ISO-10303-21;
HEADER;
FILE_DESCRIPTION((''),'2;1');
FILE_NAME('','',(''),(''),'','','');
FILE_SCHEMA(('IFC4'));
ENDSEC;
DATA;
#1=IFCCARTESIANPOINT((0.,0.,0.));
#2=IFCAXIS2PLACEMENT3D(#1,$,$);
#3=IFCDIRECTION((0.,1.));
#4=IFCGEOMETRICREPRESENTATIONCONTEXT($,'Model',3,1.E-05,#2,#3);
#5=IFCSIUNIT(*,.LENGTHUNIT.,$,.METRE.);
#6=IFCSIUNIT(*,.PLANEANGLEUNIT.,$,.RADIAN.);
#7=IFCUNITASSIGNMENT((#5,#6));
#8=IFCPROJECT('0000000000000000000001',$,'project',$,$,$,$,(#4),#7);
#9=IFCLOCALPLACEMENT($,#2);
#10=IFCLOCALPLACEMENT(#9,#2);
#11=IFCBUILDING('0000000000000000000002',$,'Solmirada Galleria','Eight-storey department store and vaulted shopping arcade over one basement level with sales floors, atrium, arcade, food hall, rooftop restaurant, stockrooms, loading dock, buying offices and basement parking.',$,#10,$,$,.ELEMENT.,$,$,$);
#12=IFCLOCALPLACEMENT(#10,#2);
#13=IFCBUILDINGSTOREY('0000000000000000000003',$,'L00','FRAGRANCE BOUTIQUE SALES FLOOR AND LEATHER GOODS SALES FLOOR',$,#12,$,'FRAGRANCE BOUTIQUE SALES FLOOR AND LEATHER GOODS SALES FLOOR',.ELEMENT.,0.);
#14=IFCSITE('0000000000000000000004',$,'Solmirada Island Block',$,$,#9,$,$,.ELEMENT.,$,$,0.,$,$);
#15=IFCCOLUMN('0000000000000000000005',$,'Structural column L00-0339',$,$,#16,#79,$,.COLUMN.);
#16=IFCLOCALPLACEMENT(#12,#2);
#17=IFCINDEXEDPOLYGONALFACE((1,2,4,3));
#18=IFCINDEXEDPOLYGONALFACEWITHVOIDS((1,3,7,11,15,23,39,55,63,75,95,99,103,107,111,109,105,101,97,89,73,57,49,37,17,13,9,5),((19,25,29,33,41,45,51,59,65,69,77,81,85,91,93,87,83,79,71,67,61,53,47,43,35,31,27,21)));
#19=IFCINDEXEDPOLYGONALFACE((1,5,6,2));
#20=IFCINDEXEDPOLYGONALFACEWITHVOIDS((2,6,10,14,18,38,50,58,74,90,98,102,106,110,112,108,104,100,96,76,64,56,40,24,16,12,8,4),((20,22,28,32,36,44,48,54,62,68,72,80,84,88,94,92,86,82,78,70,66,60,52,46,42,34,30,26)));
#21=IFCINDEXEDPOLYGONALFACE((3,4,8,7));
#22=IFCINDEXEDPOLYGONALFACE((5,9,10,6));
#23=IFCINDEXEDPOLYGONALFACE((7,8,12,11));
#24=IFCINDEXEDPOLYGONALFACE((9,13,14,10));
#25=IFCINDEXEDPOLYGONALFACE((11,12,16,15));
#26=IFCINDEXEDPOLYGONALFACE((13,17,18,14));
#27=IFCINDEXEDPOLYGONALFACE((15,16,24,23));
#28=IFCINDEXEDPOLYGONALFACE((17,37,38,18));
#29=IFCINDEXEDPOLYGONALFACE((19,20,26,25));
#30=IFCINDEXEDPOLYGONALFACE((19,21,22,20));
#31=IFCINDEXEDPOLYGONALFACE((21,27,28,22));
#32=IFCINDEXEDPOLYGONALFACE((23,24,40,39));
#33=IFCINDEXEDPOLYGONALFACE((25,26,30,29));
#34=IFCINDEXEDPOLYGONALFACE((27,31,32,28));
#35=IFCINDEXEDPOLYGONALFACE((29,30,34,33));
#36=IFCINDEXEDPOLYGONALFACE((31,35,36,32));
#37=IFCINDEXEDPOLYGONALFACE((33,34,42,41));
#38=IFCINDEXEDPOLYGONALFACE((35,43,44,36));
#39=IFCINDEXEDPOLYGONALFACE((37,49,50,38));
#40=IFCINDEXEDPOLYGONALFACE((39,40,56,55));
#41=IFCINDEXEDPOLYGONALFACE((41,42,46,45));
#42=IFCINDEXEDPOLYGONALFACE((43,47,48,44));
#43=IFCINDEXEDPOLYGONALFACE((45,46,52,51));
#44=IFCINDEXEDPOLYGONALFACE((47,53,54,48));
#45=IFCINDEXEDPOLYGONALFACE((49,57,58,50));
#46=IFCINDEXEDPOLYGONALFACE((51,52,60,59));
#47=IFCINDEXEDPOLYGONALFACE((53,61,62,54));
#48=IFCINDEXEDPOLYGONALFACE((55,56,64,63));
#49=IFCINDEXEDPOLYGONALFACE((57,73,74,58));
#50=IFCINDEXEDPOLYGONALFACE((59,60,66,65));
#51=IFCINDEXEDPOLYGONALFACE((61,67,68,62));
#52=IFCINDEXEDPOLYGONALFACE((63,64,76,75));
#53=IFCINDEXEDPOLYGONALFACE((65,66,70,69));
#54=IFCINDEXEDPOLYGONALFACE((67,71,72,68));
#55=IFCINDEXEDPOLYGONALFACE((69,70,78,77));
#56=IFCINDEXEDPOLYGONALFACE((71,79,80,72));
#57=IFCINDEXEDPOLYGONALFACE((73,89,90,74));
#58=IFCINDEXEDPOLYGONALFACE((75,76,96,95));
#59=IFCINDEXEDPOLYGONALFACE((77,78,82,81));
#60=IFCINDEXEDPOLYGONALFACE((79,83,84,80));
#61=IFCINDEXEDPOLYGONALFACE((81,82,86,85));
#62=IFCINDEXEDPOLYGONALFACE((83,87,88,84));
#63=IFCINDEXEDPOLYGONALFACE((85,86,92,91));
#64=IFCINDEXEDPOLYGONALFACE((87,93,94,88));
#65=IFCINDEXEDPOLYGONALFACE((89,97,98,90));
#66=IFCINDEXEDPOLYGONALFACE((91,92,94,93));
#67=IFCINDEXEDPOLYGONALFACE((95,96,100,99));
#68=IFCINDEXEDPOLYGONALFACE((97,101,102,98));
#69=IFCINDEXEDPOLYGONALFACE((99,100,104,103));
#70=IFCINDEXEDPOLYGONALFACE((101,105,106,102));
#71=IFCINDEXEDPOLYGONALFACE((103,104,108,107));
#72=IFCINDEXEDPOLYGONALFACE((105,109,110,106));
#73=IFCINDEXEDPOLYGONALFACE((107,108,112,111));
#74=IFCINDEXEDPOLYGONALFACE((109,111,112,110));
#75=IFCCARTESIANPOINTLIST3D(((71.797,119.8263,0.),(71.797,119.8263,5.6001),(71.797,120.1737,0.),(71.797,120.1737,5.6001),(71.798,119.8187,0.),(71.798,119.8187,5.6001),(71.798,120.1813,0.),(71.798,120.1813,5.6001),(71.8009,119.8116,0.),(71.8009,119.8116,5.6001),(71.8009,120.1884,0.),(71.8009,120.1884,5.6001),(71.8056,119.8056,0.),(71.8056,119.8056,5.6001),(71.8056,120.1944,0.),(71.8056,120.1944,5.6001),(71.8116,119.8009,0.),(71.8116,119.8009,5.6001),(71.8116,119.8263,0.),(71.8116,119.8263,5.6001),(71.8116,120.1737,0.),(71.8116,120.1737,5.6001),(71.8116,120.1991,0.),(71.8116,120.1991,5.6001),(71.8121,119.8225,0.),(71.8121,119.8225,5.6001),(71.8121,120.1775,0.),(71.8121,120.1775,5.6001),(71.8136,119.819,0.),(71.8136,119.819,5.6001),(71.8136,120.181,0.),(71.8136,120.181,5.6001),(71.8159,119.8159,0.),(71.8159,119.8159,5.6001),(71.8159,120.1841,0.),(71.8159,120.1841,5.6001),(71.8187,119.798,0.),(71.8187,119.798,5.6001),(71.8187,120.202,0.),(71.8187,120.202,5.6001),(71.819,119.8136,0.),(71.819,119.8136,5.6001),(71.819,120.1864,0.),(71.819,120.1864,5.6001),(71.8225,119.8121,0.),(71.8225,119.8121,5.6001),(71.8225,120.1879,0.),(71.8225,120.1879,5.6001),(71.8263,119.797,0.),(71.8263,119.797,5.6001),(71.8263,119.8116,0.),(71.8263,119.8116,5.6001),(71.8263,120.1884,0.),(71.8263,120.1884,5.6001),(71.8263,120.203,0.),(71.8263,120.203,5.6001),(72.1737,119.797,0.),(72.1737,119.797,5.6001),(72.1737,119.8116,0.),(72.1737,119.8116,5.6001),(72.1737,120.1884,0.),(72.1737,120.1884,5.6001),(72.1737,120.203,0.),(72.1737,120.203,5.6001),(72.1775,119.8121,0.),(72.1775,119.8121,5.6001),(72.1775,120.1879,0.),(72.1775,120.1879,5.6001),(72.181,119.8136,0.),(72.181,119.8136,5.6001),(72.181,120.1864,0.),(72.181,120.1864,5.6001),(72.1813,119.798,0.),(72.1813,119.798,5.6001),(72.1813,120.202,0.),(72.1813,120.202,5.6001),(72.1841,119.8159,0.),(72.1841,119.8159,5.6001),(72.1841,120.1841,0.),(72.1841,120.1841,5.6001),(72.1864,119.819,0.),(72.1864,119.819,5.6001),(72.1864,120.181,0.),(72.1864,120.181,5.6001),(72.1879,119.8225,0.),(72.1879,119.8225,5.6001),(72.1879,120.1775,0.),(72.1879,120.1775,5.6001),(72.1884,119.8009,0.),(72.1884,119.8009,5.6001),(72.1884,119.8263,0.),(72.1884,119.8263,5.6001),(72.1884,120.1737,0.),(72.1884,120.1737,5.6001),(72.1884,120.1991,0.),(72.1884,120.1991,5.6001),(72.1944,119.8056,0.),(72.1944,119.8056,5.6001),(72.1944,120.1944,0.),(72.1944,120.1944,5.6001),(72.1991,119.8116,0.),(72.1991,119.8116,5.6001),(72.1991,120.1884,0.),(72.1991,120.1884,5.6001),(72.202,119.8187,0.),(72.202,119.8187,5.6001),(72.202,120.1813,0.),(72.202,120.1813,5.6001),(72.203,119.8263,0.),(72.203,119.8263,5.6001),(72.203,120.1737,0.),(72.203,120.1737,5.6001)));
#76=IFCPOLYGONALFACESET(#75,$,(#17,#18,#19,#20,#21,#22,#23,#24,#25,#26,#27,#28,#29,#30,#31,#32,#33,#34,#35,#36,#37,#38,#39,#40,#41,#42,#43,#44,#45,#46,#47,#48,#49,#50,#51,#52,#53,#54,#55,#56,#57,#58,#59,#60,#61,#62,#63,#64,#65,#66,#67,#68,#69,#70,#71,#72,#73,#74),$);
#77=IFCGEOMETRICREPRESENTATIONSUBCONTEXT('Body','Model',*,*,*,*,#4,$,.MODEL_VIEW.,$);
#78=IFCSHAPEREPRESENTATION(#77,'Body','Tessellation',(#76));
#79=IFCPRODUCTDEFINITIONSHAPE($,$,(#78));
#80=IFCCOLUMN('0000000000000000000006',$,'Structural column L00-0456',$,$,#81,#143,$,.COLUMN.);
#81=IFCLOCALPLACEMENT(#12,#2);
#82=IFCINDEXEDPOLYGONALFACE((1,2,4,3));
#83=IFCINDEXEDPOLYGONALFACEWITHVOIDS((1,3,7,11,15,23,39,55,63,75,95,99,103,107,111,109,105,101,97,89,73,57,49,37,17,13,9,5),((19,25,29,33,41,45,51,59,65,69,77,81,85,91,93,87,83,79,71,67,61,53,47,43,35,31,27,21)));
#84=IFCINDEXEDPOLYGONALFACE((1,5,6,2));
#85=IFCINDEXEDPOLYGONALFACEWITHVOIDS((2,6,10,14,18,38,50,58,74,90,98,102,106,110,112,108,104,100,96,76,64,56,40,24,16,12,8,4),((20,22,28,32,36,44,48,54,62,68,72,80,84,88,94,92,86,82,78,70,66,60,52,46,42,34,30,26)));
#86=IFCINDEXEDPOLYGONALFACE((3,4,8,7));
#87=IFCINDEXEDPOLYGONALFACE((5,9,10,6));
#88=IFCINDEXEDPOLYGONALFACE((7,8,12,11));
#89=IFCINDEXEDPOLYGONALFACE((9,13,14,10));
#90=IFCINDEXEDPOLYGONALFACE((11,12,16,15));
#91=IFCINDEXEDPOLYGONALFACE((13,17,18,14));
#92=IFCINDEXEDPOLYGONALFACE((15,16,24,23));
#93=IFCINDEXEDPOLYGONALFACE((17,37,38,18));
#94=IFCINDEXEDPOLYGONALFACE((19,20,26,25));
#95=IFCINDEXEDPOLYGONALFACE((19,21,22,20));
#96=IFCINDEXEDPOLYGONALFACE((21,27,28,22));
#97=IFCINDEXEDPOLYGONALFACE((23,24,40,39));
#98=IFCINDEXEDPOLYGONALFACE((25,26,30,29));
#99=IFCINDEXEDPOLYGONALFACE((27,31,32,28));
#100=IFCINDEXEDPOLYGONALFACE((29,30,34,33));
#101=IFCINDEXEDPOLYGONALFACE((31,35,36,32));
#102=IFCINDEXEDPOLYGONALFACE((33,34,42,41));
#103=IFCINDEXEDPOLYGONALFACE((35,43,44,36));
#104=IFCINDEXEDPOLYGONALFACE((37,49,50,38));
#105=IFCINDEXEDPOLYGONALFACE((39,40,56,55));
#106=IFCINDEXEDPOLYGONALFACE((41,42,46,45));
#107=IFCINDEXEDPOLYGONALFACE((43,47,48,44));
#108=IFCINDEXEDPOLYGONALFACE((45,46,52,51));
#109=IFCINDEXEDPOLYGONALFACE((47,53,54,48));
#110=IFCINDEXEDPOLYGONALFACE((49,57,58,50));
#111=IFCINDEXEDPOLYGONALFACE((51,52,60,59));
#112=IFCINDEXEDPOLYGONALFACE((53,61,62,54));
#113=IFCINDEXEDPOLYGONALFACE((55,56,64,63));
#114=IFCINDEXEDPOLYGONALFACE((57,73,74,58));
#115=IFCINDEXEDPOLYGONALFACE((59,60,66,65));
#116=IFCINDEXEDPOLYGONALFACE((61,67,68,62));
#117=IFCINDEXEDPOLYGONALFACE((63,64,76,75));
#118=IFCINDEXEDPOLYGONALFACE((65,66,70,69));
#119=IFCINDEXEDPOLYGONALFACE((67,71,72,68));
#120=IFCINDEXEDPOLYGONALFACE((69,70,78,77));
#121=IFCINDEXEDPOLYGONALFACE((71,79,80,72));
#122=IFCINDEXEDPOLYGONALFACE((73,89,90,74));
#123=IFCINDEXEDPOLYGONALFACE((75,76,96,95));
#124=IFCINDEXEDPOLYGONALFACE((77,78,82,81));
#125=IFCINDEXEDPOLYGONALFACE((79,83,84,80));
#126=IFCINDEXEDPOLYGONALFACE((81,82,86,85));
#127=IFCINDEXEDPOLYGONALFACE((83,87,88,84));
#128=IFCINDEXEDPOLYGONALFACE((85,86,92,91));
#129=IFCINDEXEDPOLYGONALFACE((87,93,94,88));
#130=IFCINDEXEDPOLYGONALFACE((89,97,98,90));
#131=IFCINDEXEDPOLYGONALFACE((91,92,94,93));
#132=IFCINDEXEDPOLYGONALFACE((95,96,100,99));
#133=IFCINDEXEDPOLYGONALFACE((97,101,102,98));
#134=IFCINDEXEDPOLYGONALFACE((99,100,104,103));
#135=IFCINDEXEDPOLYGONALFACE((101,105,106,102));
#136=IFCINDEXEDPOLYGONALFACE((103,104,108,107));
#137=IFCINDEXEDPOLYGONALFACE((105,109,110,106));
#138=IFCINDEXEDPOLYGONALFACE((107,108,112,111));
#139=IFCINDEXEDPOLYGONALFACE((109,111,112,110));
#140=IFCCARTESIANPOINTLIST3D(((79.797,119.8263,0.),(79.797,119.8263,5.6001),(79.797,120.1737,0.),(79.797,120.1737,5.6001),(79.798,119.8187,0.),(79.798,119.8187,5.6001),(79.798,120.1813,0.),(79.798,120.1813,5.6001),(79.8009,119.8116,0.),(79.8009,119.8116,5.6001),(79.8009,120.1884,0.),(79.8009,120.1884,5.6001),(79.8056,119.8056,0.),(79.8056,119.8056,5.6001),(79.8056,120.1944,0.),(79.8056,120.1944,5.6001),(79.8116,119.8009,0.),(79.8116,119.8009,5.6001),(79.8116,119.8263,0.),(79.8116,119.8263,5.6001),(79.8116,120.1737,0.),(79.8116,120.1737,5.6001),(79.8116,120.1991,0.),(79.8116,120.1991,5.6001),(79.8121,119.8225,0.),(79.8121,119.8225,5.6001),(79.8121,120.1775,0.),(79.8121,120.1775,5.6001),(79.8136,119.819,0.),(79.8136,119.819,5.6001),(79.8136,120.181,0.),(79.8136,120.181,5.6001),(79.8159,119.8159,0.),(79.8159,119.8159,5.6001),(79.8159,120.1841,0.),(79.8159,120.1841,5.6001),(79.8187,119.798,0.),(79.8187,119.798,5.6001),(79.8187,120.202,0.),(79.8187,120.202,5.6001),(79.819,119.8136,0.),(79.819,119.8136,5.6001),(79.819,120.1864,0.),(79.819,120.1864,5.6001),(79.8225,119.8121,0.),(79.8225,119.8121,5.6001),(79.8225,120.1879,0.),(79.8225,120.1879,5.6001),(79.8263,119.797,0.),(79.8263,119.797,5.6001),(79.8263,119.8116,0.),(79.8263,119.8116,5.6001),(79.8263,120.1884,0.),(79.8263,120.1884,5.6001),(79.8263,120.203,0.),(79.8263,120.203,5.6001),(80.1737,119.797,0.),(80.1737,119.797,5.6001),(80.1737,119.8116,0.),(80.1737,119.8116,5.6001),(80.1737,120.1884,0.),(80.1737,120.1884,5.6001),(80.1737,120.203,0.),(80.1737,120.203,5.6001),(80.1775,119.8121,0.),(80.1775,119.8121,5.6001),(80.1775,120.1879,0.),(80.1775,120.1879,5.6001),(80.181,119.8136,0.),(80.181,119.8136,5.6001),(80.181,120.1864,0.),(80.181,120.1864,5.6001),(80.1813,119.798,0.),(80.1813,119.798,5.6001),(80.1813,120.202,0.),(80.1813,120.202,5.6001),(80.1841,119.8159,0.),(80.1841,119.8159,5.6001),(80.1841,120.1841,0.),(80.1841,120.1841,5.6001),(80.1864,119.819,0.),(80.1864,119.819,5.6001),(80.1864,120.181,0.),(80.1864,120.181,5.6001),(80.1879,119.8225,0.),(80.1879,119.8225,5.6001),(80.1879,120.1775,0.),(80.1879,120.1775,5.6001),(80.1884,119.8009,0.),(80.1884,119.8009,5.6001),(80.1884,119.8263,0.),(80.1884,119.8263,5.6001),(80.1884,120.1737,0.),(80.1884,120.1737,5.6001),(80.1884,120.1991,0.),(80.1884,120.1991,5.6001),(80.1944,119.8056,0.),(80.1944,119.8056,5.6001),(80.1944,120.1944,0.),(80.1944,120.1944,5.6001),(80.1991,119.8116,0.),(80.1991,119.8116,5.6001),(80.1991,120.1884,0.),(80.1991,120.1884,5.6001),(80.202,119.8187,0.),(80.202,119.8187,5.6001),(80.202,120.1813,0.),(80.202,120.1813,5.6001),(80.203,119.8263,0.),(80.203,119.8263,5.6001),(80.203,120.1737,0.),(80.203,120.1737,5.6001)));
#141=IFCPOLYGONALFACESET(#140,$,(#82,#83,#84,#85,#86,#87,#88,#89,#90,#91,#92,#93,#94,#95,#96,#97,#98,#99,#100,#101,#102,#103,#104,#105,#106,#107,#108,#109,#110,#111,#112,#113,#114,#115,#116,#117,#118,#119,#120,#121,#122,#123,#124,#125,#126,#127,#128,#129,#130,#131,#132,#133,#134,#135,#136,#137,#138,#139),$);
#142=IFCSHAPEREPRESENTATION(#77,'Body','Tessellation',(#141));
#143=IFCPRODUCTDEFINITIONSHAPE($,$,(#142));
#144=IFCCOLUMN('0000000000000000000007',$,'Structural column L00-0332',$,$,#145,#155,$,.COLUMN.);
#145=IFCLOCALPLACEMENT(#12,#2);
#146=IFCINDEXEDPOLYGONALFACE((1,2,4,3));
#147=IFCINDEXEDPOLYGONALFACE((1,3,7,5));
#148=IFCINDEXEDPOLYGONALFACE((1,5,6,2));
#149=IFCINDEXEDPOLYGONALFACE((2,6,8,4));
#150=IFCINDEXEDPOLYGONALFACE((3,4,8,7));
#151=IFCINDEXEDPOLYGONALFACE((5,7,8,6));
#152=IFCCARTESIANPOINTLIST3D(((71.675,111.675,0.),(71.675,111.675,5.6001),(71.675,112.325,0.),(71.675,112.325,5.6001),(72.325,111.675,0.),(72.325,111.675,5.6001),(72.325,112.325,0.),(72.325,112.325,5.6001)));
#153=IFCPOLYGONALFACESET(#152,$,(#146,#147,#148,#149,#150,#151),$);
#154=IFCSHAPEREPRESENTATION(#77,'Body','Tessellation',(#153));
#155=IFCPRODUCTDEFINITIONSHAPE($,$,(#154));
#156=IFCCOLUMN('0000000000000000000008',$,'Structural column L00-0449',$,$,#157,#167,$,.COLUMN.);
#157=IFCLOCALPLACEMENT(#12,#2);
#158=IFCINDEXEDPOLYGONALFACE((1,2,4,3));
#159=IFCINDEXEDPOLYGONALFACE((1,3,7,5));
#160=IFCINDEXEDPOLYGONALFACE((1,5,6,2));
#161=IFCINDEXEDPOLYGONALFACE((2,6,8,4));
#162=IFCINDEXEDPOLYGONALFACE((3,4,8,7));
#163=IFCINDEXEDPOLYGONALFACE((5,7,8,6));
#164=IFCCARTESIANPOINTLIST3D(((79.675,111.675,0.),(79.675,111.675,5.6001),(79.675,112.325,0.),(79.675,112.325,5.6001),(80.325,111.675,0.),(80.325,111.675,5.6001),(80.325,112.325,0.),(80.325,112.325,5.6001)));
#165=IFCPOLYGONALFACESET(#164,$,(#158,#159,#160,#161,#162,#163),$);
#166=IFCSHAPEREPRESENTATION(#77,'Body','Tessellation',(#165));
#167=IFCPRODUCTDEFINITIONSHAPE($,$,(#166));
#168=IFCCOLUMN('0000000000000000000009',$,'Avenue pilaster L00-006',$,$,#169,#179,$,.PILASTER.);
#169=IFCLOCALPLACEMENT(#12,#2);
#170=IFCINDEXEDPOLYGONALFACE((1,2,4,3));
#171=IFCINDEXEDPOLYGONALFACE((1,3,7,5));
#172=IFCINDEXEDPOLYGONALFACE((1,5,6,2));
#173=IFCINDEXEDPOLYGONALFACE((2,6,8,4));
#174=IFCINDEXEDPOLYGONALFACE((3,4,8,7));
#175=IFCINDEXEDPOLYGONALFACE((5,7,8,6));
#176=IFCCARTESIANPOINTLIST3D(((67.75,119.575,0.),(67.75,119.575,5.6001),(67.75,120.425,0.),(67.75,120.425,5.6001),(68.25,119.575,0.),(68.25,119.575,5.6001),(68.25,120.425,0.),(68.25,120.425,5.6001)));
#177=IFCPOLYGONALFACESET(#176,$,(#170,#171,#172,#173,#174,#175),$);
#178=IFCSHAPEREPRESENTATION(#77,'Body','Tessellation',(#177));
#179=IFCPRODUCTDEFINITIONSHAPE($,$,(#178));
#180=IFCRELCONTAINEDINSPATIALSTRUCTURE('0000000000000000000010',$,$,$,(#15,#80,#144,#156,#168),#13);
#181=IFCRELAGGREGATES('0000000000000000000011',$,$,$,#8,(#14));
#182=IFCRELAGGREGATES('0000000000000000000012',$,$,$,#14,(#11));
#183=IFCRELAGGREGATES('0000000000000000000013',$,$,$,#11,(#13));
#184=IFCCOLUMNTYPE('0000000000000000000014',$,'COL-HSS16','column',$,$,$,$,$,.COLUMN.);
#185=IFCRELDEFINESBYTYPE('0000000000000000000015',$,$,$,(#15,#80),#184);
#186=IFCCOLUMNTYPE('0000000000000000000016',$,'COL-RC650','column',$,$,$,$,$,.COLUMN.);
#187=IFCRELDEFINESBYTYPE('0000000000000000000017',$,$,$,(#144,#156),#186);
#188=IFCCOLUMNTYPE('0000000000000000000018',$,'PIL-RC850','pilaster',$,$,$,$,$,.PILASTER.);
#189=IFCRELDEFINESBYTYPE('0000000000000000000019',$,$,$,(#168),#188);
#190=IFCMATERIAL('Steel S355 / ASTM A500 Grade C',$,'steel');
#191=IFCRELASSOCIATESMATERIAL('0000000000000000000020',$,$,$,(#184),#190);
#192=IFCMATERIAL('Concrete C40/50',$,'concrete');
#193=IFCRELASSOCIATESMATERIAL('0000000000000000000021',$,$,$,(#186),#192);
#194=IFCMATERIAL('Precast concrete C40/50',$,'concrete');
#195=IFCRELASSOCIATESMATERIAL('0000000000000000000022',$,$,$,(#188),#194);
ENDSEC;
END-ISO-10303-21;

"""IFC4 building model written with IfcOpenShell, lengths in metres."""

from ifc_helpers import new_model, si_unit, direction, frame, origin, origin_2d, place, context, subcontext, project, spatial, rectangle, hollow_rectangle, extrude, material, material_profile, profile_set, type_object, element, save


model = new_model("IFC4")

# Units and contexts
model_context = context("Model", 3, precision=1e-05, world=origin(), true_north=direction((0.0, 1.0)))
body_context = subcontext(model_context, "Body", "Model", "MODEL_VIEW")
ifc_project = project(units=[si_unit("LENGTHUNIT", "METRE"), si_unit("PLANEANGLEUNIT", "RADIAN")], contexts=[model_context])

# Site, building, storey
site_placement = place(None, origin())
site = spatial("IfcSite", under=ifc_project, at=site_placement, Name="Solmirada Island Block", CompositionType="ELEMENT", RefElevation=0.0)
building_placement = place(site_placement, origin())
building = spatial("IfcBuilding", under=site, at=building_placement, Name="Solmirada Galleria", Description="Eight-storey department store and vaulted shopping arcade over one basement level with sales floors, atrium, arcade, food hall, rooftop restaurant, stockrooms, loading dock, buying offices and basement parking.", CompositionType="ELEMENT")
storey_placement = place(building_placement, origin())
storey = spatial("IfcBuildingStorey", under=building, at=storey_placement, Name="L00", Description="FRAGRANCE BOUTIQUE SALES FLOOR AND LEATHER GOODS SALES FLOOR", LongName="FRAGRANCE BOUTIQUE SALES FLOOR AND LEATHER GOODS SALES FLOOR", CompositionType="ELEMENT", Elevation=0.0)

# Columns
ifc_material_1 = material(Name="Steel S355 / ASTM A500 Grade C", Category="steel")
ifc_material_profile_1 = material_profile(ifc_material_1, hollow_rectangle(XDim=0.406, YDim=0.406, WallThickness=0.0146, InnerFilletRadius=0.0146, OuterFilletRadius=0.0293, at=origin_2d()), Name="HSS16X16X5/8")
ifc_profile_set_1 = profile_set([ifc_material_profile_1], Name="Steel S355 / ASTM A500 Grade C")
column_type_1 = type_object("IfcColumnType", Name="COL-HSS16", Description="column", PredefinedType="COLUMN", material=ifc_profile_set_1)
for number, where, z_axis, x_axis, name in (
    (1, (72.0, 120.0, 0.0), (0.0, 0.0, 1.0), (1.0, 0.0, 0.0), "Structural column L00-0339"),
    (2, (80.0, 120.0, 0.0), (0.0, 0.0, 1.0), (1.0, 0.0, 0.0), "Structural column L00-0456"),
):
    element("IfcColumn", number, at=place(storey_placement, frame(where, z_axis=z_axis, x_axis=x_axis)), inside=storey, type_object=column_type_1, Name=name, PredefinedType="COLUMN", context=body_context, shape_type="SweptSolid", body=[
        extrude(hollow_rectangle(XDim=0.406, YDim=0.406, WallThickness=0.0146, InnerFilletRadius=0.0146, OuterFilletRadius=0.0293, at=origin_2d()), origin(), (0.0, 0.0, 1.0), 5.6001),
    ])
ifc_material_2 = material(Name="Concrete C40/50", Category="concrete")
ifc_material_profile_2 = material_profile(ifc_material_2, rectangle(XDim=0.6499, YDim=0.6499, at=origin_2d()), Name="RC650X650")
ifc_profile_set_2 = profile_set([ifc_material_profile_2], Name="Concrete C40/50")
column_type_2 = type_object("IfcColumnType", Name="COL-RC650", Description="column", PredefinedType="COLUMN", material=ifc_profile_set_2)
for number, where, z_axis, x_axis, name in (
    (3, (72.0, 112.0, 0.0), (0.0, 0.0, 1.0), (1.0, 0.0, 0.0), "Structural column L00-0332"),
    (4, (80.0, 112.0, 0.0), (0.0, 0.0, 1.0), (1.0, 0.0, 0.0), "Structural column L00-0449"),
):
    element("IfcColumn", number, at=place(storey_placement, frame(where, z_axis=z_axis, x_axis=x_axis)), inside=storey, type_object=column_type_2, Name=name, PredefinedType="COLUMN", context=body_context, shape_type="SweptSolid", body=[
        extrude(rectangle(XDim=0.6499, YDim=0.6499, at=origin_2d()), origin(), (0.0, 0.0, 1.0), 5.6001),
    ])
ifc_material_3 = material(Name="Precast concrete C40/50", Category="concrete")
ifc_material_profile_3 = material_profile(ifc_material_3, rectangle(XDim=0.5, YDim=0.8501, at=origin_2d()), Name="RC850X500")
ifc_profile_set_3 = profile_set([ifc_material_profile_3], Name="Precast concrete C40/50")
column_type_3 = type_object("IfcColumnType", Name="PIL-RC850", Description="pilaster", PredefinedType="PILASTER", material=ifc_profile_set_3)
column_placement = place(storey_placement, frame((68.0, 120.0, 0.0), z_axis=(0.0, 0.0, 1.0), x_axis=(1.0, 0.0, 0.0)))
element("IfcColumn", 5, at=column_placement, inside=storey, type_object=column_type_3, Name="Avenue pilaster L00-006", PredefinedType="PILASTER", context=body_context, shape_type="SweptSolid", body=[
    extrude(rectangle(XDim=0.5, YDim=0.8501, at=origin_2d()), origin(), (0.0, 0.0, 1.0), 5.6001),
])

save(model, "model.ifc")
